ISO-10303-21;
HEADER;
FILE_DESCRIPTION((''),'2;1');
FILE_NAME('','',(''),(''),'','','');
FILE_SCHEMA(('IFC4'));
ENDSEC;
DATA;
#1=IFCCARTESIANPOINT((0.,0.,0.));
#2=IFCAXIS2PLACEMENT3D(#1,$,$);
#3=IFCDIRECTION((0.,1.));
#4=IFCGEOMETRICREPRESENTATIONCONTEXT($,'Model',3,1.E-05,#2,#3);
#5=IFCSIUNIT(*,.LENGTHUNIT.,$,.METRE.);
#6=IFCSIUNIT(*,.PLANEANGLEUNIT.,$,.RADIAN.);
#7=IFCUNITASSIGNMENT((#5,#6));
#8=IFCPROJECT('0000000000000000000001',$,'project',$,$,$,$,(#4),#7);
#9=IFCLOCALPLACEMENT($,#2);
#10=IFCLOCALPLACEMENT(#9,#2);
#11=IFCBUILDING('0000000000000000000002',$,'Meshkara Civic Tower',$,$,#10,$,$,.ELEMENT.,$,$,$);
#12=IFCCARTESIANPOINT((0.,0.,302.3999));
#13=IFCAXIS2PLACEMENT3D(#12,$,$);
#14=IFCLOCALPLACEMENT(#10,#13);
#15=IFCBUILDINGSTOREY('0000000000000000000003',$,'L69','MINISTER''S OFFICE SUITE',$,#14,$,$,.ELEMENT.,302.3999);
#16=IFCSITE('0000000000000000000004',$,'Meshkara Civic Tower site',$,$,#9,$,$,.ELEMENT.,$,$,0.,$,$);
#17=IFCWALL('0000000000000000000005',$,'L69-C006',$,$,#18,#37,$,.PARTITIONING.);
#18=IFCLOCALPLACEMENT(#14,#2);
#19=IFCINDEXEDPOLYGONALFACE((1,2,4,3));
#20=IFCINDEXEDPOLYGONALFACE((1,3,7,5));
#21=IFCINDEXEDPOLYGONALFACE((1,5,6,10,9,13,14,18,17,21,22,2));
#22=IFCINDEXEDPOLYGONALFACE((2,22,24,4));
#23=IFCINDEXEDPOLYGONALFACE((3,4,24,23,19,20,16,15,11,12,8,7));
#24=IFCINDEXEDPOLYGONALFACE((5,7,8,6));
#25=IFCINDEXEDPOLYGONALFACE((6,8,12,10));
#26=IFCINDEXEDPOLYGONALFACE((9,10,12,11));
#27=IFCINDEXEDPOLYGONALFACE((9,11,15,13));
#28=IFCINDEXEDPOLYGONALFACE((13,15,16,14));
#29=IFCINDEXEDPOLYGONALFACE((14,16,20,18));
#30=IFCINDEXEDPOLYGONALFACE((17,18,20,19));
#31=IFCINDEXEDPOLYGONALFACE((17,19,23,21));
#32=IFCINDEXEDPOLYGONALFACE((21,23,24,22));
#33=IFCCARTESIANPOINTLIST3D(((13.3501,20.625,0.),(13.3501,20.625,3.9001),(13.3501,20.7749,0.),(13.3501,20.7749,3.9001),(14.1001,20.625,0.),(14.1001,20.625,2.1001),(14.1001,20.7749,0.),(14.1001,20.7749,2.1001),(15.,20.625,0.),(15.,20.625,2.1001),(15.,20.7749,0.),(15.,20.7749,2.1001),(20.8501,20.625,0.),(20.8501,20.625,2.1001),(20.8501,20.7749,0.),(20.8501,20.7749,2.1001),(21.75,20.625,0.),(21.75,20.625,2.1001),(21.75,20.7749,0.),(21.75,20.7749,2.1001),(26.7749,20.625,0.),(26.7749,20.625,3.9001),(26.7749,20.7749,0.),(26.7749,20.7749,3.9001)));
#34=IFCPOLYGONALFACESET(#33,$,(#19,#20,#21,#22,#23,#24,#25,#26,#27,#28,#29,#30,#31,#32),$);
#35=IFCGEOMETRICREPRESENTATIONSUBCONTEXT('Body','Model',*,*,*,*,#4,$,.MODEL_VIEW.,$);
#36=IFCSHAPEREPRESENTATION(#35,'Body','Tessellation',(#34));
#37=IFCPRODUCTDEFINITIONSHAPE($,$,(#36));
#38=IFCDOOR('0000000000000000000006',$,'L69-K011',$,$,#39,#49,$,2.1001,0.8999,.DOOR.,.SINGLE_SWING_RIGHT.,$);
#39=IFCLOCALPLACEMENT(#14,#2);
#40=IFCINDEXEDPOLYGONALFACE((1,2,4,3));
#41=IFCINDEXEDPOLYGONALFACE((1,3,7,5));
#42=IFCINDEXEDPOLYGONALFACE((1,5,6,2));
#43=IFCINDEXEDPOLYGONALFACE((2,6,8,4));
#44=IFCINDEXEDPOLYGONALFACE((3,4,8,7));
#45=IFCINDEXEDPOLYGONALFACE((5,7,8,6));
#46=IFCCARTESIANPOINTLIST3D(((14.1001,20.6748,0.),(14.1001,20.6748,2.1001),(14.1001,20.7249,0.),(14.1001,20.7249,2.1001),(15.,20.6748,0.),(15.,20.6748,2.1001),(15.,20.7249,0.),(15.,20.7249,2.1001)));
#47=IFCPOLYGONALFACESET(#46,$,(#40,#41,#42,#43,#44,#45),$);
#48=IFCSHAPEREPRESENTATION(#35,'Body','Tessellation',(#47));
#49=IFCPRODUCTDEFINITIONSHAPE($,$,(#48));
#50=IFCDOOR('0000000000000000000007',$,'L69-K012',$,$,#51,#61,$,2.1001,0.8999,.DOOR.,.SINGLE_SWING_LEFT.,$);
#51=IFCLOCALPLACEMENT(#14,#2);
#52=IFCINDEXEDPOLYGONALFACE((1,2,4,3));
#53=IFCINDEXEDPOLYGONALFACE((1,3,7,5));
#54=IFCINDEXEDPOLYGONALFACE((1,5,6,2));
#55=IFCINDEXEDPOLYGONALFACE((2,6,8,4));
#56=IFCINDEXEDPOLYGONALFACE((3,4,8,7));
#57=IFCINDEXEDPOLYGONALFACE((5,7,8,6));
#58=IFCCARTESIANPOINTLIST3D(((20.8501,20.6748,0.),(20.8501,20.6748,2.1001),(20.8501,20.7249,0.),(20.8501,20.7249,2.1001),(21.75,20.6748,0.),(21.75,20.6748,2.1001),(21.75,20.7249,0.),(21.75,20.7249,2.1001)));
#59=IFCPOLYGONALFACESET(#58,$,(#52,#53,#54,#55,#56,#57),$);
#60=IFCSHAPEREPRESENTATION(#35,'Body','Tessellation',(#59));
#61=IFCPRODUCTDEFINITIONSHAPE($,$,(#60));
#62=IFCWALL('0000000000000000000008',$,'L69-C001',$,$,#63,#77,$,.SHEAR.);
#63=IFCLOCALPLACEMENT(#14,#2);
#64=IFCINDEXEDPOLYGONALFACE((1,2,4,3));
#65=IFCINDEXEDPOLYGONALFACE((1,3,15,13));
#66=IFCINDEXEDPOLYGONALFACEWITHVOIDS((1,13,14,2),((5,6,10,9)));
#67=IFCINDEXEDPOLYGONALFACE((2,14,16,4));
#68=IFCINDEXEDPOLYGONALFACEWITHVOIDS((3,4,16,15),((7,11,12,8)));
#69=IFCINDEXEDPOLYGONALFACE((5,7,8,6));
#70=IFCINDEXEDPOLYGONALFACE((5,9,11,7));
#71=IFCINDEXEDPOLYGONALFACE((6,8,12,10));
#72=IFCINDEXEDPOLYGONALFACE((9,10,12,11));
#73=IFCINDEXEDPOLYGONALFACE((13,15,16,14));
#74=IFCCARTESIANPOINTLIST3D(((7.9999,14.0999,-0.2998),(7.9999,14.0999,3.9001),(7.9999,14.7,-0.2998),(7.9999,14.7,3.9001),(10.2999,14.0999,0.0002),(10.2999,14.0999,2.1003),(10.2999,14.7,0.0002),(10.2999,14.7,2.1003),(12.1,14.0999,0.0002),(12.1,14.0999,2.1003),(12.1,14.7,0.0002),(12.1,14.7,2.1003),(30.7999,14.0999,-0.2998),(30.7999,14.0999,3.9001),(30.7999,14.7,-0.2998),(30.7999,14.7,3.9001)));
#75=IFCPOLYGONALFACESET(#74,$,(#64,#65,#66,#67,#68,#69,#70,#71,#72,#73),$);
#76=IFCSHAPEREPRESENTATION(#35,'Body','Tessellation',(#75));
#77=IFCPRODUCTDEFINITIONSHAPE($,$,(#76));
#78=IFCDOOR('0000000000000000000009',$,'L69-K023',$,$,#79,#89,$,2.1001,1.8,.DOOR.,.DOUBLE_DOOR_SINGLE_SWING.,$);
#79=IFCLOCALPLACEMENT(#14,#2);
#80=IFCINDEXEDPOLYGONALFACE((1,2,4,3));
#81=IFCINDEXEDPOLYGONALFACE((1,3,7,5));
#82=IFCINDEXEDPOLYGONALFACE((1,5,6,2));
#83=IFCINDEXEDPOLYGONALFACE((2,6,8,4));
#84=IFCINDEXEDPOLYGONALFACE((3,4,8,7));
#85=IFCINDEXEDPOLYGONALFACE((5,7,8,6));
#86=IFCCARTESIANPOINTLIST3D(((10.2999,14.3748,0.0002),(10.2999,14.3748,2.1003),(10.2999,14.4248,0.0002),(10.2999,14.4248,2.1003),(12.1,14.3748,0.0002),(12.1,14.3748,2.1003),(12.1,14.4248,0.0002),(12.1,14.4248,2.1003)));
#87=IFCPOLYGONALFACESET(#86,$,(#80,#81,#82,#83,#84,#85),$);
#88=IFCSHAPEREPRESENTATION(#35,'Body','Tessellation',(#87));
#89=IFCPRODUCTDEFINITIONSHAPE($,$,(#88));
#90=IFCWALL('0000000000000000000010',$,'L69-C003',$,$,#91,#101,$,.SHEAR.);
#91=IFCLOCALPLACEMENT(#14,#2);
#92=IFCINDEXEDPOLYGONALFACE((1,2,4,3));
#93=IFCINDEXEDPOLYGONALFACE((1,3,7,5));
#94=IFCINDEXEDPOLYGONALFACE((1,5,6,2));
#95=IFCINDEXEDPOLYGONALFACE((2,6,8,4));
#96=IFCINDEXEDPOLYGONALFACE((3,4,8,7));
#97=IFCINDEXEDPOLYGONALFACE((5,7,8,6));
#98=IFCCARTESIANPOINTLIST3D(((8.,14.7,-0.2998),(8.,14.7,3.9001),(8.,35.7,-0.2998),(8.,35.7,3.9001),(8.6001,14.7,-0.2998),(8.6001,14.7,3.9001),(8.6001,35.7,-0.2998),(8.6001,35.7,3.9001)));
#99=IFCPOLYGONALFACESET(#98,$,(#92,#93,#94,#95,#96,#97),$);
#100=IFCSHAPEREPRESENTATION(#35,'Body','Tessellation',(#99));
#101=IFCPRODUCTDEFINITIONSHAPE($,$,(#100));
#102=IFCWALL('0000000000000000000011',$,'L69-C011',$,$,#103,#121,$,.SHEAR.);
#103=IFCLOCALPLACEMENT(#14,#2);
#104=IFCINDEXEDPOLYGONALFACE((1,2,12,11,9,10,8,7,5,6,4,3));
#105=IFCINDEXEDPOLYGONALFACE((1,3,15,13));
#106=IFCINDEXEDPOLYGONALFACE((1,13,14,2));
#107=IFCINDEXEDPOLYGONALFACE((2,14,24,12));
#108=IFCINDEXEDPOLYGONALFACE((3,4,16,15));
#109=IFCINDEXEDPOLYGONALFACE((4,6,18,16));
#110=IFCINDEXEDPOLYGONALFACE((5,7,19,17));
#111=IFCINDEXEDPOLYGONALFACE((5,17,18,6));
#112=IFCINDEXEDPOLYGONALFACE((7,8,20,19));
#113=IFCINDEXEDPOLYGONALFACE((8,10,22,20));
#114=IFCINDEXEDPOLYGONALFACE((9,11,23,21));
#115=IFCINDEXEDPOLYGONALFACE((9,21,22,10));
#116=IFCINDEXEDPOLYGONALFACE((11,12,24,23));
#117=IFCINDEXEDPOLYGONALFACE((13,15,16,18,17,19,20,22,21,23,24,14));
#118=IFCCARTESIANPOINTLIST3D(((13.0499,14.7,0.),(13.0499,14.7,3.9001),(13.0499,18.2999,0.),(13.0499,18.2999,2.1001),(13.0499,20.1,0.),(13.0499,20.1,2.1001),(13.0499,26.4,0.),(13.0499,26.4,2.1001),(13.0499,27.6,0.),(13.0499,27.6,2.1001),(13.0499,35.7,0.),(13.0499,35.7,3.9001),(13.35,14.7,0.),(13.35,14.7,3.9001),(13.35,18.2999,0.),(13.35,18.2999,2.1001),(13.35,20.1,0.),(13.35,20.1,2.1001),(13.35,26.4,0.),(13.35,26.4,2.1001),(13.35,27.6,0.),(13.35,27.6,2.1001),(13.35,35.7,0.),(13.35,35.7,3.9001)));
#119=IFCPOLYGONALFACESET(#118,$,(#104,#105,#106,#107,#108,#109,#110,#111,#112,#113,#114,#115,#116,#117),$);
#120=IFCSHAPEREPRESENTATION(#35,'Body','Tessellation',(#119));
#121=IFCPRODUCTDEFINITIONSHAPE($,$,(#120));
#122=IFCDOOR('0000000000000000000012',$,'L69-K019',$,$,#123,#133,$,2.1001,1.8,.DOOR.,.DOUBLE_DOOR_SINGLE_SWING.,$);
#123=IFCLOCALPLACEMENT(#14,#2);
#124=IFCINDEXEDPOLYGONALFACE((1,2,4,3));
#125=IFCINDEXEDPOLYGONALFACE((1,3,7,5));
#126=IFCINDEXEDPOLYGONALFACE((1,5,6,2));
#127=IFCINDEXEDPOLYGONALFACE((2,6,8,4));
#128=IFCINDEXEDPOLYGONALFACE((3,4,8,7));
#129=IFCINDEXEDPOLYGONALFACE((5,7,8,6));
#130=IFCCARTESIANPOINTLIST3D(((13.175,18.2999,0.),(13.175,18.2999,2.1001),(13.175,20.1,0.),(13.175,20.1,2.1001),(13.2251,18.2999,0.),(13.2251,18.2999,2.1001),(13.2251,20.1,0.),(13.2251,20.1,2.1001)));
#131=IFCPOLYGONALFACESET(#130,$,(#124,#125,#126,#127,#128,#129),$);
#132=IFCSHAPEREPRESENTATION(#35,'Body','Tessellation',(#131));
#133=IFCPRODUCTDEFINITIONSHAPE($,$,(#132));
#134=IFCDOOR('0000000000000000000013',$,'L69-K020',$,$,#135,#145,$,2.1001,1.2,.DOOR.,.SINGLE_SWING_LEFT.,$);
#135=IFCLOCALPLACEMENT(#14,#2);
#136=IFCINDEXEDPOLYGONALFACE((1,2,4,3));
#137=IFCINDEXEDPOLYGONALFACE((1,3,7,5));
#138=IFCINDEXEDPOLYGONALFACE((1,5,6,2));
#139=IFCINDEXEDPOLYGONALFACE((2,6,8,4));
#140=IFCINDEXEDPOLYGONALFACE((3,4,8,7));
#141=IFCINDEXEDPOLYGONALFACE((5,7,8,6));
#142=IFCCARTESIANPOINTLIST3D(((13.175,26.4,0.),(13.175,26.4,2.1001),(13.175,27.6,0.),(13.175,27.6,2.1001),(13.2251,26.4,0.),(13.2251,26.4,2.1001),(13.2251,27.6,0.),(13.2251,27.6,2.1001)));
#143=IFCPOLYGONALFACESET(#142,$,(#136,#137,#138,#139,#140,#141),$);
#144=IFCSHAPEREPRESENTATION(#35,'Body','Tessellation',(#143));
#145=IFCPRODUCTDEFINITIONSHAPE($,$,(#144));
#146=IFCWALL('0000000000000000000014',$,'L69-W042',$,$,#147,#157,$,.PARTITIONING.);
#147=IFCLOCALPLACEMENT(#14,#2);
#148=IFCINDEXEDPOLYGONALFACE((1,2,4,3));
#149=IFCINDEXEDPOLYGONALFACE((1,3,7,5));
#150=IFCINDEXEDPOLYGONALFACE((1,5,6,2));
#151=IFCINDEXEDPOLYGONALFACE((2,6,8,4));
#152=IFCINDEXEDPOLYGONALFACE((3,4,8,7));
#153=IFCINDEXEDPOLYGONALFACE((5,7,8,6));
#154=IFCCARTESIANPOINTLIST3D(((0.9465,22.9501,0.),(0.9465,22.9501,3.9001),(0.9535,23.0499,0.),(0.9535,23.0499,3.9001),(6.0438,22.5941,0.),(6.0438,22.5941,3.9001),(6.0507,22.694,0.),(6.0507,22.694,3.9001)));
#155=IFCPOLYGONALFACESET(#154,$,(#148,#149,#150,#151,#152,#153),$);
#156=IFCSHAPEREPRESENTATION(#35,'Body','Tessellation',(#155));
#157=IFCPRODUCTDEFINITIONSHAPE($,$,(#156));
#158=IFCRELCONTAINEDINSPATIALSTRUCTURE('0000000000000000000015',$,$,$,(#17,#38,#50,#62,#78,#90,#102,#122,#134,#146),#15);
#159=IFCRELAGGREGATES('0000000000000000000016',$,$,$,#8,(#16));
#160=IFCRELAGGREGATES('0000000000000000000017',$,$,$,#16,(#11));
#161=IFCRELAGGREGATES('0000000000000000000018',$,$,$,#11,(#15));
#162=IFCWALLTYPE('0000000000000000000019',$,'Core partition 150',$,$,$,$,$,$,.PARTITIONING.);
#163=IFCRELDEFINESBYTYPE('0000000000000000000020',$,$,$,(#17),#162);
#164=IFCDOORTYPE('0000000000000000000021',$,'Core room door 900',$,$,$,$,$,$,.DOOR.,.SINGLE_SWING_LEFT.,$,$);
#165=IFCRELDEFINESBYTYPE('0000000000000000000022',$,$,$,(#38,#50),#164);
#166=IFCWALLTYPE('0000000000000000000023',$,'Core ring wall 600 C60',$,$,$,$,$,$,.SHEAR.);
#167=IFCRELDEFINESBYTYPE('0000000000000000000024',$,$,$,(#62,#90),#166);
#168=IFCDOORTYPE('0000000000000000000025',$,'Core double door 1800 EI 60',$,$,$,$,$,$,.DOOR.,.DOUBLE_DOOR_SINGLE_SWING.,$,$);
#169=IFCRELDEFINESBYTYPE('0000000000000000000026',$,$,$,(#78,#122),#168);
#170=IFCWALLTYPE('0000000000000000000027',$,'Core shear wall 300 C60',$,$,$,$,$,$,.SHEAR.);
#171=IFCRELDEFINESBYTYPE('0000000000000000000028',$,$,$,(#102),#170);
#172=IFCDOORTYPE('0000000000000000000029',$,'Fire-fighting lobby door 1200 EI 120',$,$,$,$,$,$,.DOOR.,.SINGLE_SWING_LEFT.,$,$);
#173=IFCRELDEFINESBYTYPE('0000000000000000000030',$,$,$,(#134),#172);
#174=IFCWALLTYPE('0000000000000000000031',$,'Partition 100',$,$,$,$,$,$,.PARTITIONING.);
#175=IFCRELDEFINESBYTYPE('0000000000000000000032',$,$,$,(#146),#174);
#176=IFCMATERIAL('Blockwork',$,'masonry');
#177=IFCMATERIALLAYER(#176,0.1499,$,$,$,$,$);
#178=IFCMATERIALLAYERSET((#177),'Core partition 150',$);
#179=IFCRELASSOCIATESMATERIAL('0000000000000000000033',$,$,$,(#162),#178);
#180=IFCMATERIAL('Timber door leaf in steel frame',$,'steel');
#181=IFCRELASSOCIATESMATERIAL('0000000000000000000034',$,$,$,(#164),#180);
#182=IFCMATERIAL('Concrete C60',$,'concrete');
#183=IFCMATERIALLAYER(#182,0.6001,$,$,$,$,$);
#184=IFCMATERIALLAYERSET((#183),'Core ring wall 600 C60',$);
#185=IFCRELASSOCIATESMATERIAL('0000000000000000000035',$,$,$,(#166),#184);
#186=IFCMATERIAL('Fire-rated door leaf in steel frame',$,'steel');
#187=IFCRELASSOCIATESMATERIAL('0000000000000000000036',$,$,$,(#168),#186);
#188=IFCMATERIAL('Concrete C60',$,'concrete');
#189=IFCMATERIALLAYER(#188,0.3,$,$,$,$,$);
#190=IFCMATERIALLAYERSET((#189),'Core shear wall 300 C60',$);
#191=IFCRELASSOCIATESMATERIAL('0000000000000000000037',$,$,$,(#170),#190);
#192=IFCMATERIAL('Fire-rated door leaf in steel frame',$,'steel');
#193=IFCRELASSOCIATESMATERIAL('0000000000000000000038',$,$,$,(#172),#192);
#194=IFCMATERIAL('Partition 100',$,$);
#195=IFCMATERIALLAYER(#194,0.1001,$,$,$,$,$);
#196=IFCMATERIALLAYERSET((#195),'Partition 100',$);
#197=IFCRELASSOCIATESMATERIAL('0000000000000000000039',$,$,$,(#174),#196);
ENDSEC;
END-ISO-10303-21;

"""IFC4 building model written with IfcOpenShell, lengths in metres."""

from ifc_helpers import new_model, si_unit, direction, frame, frame_2d, origin, place, context, subcontext, project, spatial, rectangle, extrude, material, layer, layer_set, type_object, element, fill, save


model = new_model("IFC4")

# Units and contexts
model_context = context("Model", 3, precision=1e-05, world=origin(), true_north=direction((0.0, 1.0)))
body_context = subcontext(model_context, "Body", "Model", "MODEL_VIEW")
ifc_project = project(units=[si_unit("LENGTHUNIT", "METRE"), si_unit("PLANEANGLEUNIT", "RADIAN")], contexts=[model_context])

# Site, building, storey
site_placement = place(None, origin())
site = spatial("IfcSite", under=ifc_project, at=site_placement, Name="Meshkara Civic Tower site", CompositionType="ELEMENT", RefElevation=0.0)
building_placement = place(site_placement, origin())
building = spatial("IfcBuilding", under=site, at=building_placement, Name="Meshkara Civic Tower", CompositionType="ELEMENT")
storey_placement = place(building_placement, frame((0.0, 0.0, 302.3999)))
storey = spatial("IfcBuildingStorey", under=building, at=storey_placement, Name="L69", Description="MINISTER'S OFFICE SUITE", CompositionType="ELEMENT", Elevation=302.3999)

# Wall, openings, doors
ifc_material_1 = material(Name="Blockwork", Category="masonry")
ifc_layer_1 = layer(ifc_material_1, 0.1499)
ifc_layer_set_1 = layer_set([ifc_layer_1], Name="Core partition 150")
wall_type_1 = type_object("IfcWallType", Name="Core partition 150", PredefinedType="PARTITIONING", material=ifc_layer_set_1)
wall_1_placement = place(storey_placement, frame((13.3501, 20.7, 0.0), z_axis=(0.0, 0.0, 1.0), x_axis=(1.0, 0.0, 0.0)))
wall_1 = element("IfcWall", 1, at=wall_1_placement, inside=storey, type_object=wall_type_1, Name="L69-C006", PredefinedType="PARTITIONING", context=body_context, shape_type="SweptSolid", body=[
    extrude(rectangle(XDim=13.4248, YDim=0.1499, at=frame_2d((6.7124, 0.0))), origin(), (0.0, 0.0, 1.0), 3.9001),
])
opening_1_placement = place(wall_1_placement, frame((0.75, 0.0, 0.0)))
opening_1 = element("IfcOpeningElement", 2, at=opening_1_placement, cuts=wall_1, PredefinedType="OPENING", context=body_context, shape_type="SweptSolid", body=[
    extrude(rectangle(XDim=0.8999, YDim=2.1001, at=frame_2d((0.45, 1.05))), frame((0.0, 0.085, 0.0), z_axis=(0.0, -1.0, 0.0), x_axis=(1.0, 0.0, 0.0)), (0.0, 0.0, 1.0), 0.1699),
])
opening_2_placement = place(wall_1_placement, frame((7.5, 0.0, 0.0)))
opening_2 = element("IfcOpeningElement", 3, at=opening_2_placement, cuts=wall_1, PredefinedType="OPENING", context=body_context, shape_type="SweptSolid", body=[
    extrude(rectangle(XDim=0.8999, YDim=2.1001, at=frame_2d((0.45, 1.05))), frame((0.0, 0.085, 0.0), z_axis=(0.0, -1.0, 0.0), x_axis=(1.0, 0.0, 0.0)), (0.0, 0.0, 1.0), 0.1699),
])
ifc_material_2 = material(Name="Timber door leaf in steel frame", Category="steel")
door_type_1 = type_object("IfcDoorType", Name="Core room door 900", OperationType="SINGLE_SWING_LEFT", PredefinedType="DOOR", material=ifc_material_2)
door_1_placement = place(opening_1_placement, origin())
door_1 = element("IfcDoor", 4, at=door_1_placement, inside=storey, type_object=door_type_1, Name="L69-K011", OperationType="SINGLE_SWING_RIGHT", OverallHeight=2.1001, OverallWidth=0.8999, PredefinedType="DOOR", context=body_context, shape_type="SweptSolid", body=[
    extrude(rectangle(XDim=0.8999, YDim=2.1001, at=frame_2d((0.45, 1.05))), frame((0.0, 0.0249, 0.0), z_axis=(0.0, -1.0, 0.0), x_axis=(1.0, 0.0, 0.0)), (0.0, 0.0, 1.0), 0.05),
])
fill(opening_1, door_1)
door_2_placement = place(opening_2_placement, origin())
door_2 = element("IfcDoor", 5, at=door_2_placement, inside=storey, type_object=door_type_1, Name="L69-K012", OperationType="SINGLE_SWING_LEFT", OverallHeight=2.1001, OverallWidth=0.8999, PredefinedType="DOOR", context=body_context, shape_type="SweptSolid", body=[
    extrude(rectangle(XDim=0.8999, YDim=2.1001, at=frame_2d((0.45, 1.05))), frame((0.0, 0.0249, 0.0), z_axis=(0.0, -1.0, 0.0), x_axis=(1.0, 0.0, 0.0)), (0.0, 0.0, 1.0), 0.05),
])
fill(opening_2, door_2)

# Wall, opening, door
ifc_material_3 = material(Name="Concrete C60", Category="concrete")
ifc_layer_2 = layer(ifc_material_3, 0.6001)
ifc_layer_set_2 = layer_set([ifc_layer_2], Name="Core ring wall 600 C60")
wall_type_2 = type_object("IfcWallType", Name="Core ring wall 600 C60", PredefinedType="SHEAR", material=ifc_layer_set_2)
wall_2_placement = place(storey_placement, frame((8.0, 14.3999, -0.2998), z_axis=(0.0, 0.0, 1.0), x_axis=(1.0, 0.0, 0.0)))
wall_2 = element("IfcWall", 6, at=wall_2_placement, inside=storey, type_object=wall_type_2, Name="L69-C001", PredefinedType="SHEAR", context=body_context, shape_type="SweptSolid", body=[
    extrude(rectangle(XDim=22.8, YDim=0.6001, at=frame_2d((11.3999, 0.0))), origin(), (0.0, 0.0, 1.0), 4.2),
])
opening_3_placement = place(wall_2_placement, frame((2.3, 0.0, 0.3)))
opening_3 = element("IfcOpeningElement", 7, at=opening_3_placement, cuts=wall_2, PredefinedType="OPENING", context=body_context, shape_type="SweptSolid", body=[
    extrude(rectangle(XDim=1.8, YDim=2.1001, at=frame_2d((0.8999, 1.05))), frame((0.0, 0.3101, 0.0), z_axis=(0.0, -1.0, 0.0), x_axis=(1.0, 0.0, 0.0)), (0.0, 0.0, 1.0), 0.6201),
])
ifc_material_4 = material(Name="Fire-rated door leaf in steel frame", Category="steel")
door_type_2 = type_object("IfcDoorType", Name="Core double door 1800 EI 60", OperationType="DOUBLE_DOOR_SINGLE_SWING", PredefinedType="DOOR", material=ifc_material_4)
door_3_placement = place(opening_3_placement, origin())
door_3 = element("IfcDoor", 8, at=door_3_placement, inside=storey, type_object=door_type_2, Name="L69-K023", OperationType="DOUBLE_DOOR_SINGLE_SWING", OverallHeight=2.1001, OverallWidth=1.8, PredefinedType="DOOR", context=body_context, shape_type="SweptSolid", body=[
    extrude(rectangle(XDim=1.8, YDim=2.1001, at=frame_2d((0.8999, 1.05))), frame((0.0, 0.0249, 0.0), z_axis=(0.0, -1.0, 0.0), x_axis=(1.0, 0.0, 0.0)), (0.0, 0.0, 1.0), 0.05),
])
fill(opening_3, door_3)

# Wall
wall_3_placement = place(storey_placement, frame((8.3, 14.7, -0.2998), z_axis=(0.0, 0.0, 1.0), x_axis=(0.0, 1.0, 0.0)))
element("IfcWall", 9, at=wall_3_placement, inside=storey, type_object=wall_type_2, Name="L69-C003", PredefinedType="SHEAR", context=body_context, shape_type="SweptSolid", body=[
    extrude(rectangle(XDim=21.0, YDim=0.6001, at=frame_2d((10.5, 0.0))), origin(), (0.0, 0.0, 1.0), 4.2),
])

# Wall, openings, doors
ifc_material_5 = material(Name="Concrete C60", Category="concrete")
ifc_layer_3 = layer(ifc_material_5, 0.3)
ifc_layer_set_3 = layer_set([ifc_layer_3], Name="Core shear wall 300 C60")
wall_type_3 = type_object("IfcWallType", Name="Core shear wall 300 C60", PredefinedType="SHEAR", material=ifc_layer_set_3)
wall_4_placement = place(storey_placement, frame((13.2, 14.7, 0.0), z_axis=(0.0, 0.0, 1.0), x_axis=(0.0, 1.0, 0.0)))
wall_4 = element("IfcWall", 10, at=wall_4_placement, inside=storey, type_object=wall_type_3, Name="L69-C011", PredefinedType="SHEAR", context=body_context, shape_type="SweptSolid", body=[
    extrude(rectangle(XDim=21.0, YDim=0.3, at=frame_2d((10.5, 0.0))), origin(), (0.0, 0.0, 1.0), 3.9001),
])
opening_4_placement = place(wall_4_placement, frame((3.6001, 0.0, 0.0)))
opening_4 = element("IfcOpeningElement", 11, at=opening_4_placement, cuts=wall_4, PredefinedType="OPENING", context=body_context, shape_type="SweptSolid", body=[
    extrude(rectangle(XDim=1.8, YDim=2.1001, at=frame_2d((0.8999, 1.05))), frame((0.0, 0.1599, 0.0), z_axis=(0.0, -1.0, 0.0), x_axis=(1.0, 0.0, 0.0)), (0.0, 0.0, 1.0), 0.3201),
])
opening_5_placement = place(wall_4_placement, frame((11.7, 0.0, 0.0)))
opening_5 = element("IfcOpeningElement", 12, at=opening_5_placement, cuts=wall_4, PredefinedType="OPENING", context=body_context, shape_type="SweptSolid", body=[
    extrude(rectangle(XDim=1.2, YDim=2.1001, at=frame_2d((0.6001, 1.05))), frame((0.0, 0.1599, 0.0), z_axis=(0.0, -1.0, 0.0), x_axis=(1.0, 0.0, 0.0)), (0.0, 0.0, 1.0), 0.3201),
])
door_4_placement = place(opening_4_placement, origin())
door_4 = element("IfcDoor", 13, at=door_4_placement, inside=storey, type_object=door_type_2, Name="L69-K019", OperationType="DOUBLE_DOOR_SINGLE_SWING", OverallHeight=2.1001, OverallWidth=1.8, PredefinedType="DOOR", context=body_context, shape_type="SweptSolid", body=[
    extrude(rectangle(XDim=1.8, YDim=2.1001, at=frame_2d((0.8999, 1.05))), frame((0.0, 0.0249, 0.0), z_axis=(0.0, -1.0, 0.0), x_axis=(1.0, 0.0, 0.0)), (0.0, 0.0, 1.0), 0.05),
])
fill(opening_4, door_4)
ifc_material_6 = material(Name="Fire-rated door leaf in steel frame", Category="steel")
door_type_3 = type_object("IfcDoorType", Name="Fire-fighting lobby door 1200 EI 120", OperationType="SINGLE_SWING_LEFT", PredefinedType="DOOR", material=ifc_material_6)
door_5_placement = place(opening_5_placement, origin())
door_5 = element("IfcDoor", 14, at=door_5_placement, inside=storey, type_object=door_type_3, Name="L69-K020", OperationType="SINGLE_SWING_LEFT", OverallHeight=2.1001, OverallWidth=1.2, PredefinedType="DOOR", context=body_context, shape_type="SweptSolid", body=[
    extrude(rectangle(XDim=1.2, YDim=2.1001, at=frame_2d((0.6001, 1.05))), frame((0.0, 0.0249, 0.0), z_axis=(0.0, -1.0, 0.0), x_axis=(1.0, 0.0, 0.0)), (0.0, 0.0, 1.0), 0.05),
])
fill(opening_5, door_5)

# Wall
ifc_material_7 = material(Name="Partition 100")
ifc_layer_4 = layer(ifc_material_7, 0.1001)
ifc_layer_set_4 = layer_set([ifc_layer_4], Name="Partition 100")
wall_type_4 = type_object("IfcWallType", Name="Partition 100", PredefinedType="PARTITIONING", material=ifc_layer_set_4)
wall_5_placement = place(storey_placement, frame((6.0471, 22.644, 0.0), z_axis=(0.0, 0.0, 1.0), x_axis=(-0.99757, 0.069665, 0.0)))
element("IfcWall", 15, at=wall_5_placement, inside=storey, type_object=wall_type_4, Name="L69-W042", PredefinedType="PARTITIONING", context=body_context, shape_type="SweptSolid", body=[
    extrude(rectangle(XDim=5.1096, YDim=0.1001, at=frame_2d((2.5547, 0.0))), origin(), (0.0, 0.0, 1.0), 3.9001),
])

save(model, "model.ifc")
